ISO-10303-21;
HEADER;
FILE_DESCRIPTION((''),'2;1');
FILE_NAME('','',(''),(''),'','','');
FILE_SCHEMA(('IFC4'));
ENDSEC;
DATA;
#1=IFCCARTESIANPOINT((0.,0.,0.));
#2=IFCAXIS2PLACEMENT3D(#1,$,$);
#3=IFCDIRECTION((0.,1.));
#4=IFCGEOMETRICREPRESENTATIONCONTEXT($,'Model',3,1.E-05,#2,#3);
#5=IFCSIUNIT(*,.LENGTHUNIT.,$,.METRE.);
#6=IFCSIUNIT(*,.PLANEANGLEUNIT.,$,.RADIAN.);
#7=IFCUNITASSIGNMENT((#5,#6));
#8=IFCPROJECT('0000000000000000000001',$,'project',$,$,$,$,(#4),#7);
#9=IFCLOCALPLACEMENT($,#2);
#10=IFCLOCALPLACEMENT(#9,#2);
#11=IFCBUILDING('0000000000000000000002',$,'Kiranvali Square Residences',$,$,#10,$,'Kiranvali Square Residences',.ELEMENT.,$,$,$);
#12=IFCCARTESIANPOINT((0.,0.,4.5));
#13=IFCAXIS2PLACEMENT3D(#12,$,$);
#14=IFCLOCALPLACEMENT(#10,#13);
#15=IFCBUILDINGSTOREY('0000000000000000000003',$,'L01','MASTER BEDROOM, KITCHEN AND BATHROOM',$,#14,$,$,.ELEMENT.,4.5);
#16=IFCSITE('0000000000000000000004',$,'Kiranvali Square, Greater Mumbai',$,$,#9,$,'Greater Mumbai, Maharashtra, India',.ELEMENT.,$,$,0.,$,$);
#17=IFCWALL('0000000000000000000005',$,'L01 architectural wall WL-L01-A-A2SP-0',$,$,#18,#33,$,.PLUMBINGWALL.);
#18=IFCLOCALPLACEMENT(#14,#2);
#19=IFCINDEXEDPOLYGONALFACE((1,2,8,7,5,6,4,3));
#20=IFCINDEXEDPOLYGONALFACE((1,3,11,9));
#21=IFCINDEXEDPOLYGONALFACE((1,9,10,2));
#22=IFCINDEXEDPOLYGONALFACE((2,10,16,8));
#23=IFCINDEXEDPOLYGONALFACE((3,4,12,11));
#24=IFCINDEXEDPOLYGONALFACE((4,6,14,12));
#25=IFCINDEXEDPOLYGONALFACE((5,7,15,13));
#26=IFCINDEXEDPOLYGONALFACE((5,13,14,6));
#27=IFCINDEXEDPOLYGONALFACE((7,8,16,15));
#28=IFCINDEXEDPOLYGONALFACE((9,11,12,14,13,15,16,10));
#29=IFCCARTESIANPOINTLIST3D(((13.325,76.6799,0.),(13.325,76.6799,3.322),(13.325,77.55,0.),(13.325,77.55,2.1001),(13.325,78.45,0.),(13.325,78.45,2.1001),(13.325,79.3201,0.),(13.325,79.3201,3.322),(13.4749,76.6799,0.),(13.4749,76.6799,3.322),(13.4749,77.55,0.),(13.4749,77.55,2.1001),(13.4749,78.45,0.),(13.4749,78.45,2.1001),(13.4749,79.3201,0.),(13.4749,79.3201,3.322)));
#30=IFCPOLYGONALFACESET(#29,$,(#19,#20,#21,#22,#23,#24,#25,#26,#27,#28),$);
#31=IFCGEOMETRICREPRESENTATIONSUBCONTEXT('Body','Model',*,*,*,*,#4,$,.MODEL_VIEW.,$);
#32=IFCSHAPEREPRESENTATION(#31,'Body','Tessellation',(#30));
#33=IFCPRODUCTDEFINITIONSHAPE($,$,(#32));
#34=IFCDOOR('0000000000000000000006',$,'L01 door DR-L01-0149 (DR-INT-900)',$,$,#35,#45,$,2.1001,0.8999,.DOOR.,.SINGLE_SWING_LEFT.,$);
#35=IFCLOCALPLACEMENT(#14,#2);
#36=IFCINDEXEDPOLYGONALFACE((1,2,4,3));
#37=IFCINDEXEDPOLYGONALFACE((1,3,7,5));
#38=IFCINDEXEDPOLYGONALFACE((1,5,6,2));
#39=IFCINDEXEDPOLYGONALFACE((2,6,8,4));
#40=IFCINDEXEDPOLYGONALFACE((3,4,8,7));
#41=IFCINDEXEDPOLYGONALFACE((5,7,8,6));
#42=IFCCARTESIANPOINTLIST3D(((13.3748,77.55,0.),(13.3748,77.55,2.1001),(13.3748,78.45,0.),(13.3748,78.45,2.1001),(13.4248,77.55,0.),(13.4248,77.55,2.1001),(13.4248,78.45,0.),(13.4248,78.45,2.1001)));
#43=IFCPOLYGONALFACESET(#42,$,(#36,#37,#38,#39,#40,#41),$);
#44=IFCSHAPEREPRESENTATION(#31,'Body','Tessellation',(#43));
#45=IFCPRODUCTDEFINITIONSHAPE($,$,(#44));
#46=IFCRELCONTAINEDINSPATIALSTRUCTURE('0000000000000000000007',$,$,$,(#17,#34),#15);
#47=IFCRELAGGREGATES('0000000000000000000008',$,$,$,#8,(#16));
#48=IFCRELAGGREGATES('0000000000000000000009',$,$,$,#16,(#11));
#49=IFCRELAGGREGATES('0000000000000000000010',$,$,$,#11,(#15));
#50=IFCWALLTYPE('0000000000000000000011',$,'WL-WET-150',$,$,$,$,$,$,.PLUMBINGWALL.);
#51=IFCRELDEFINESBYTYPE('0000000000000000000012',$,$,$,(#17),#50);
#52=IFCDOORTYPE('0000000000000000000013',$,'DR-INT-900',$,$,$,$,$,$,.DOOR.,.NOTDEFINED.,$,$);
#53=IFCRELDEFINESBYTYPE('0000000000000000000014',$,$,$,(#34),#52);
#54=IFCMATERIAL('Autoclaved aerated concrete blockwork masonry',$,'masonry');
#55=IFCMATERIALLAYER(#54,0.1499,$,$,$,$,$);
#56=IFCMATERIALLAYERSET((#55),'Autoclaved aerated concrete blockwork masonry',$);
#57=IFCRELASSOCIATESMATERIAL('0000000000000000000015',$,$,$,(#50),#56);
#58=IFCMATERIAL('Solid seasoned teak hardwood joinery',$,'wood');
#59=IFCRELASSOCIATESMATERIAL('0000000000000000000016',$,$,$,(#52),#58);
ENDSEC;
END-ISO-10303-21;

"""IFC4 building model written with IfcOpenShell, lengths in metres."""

from ifc_helpers import new_model, si_unit, direction, frame, frame_2d, origin, place, context, subcontext, project, spatial, rectangle, extrude, material, layer, layer_set, type_object, element, fill, save


model = new_model("IFC4")

# Units and contexts
model_context = context("Model", 3, precision=1e-05, world=origin(), true_north=direction((0.0, 1.0)))
body_context = subcontext(model_context, "Body", "Model", "MODEL_VIEW")
ifc_project = project(units=[si_unit("LENGTHUNIT", "METRE"), si_unit("PLANEANGLEUNIT", "RADIAN")], contexts=[model_context])

# Site, building, storey
site_placement = place(None, origin())
site = spatial("IfcSite", under=ifc_project, at=site_placement, Name="Kiranvali Square, Greater Mumbai", LongName="Greater Mumbai, Maharashtra, India", CompositionType="ELEMENT", RefElevation=0.0)
building_placement = place(site_placement, origin())
building = spatial("IfcBuilding", under=site, at=building_placement, Name="Kiranvali Square Residences", LongName="Kiranvali Square Residences", CompositionType="ELEMENT")
storey_placement = place(building_placement, frame((0.0, 0.0, 4.5)))
storey = spatial("IfcBuildingStorey", under=building, at=storey_placement, Name="L01", Description="MASTER BEDROOM, KITCHEN AND BATHROOM", CompositionType="ELEMENT", Elevation=4.5)

# Wall, opening, door
ifc_material_1 = material(Name="Autoclaved aerated concrete blockwork masonry", Category="masonry")
ifc_layer_1 = layer(ifc_material_1, 0.1499)
ifc_layer_set_1 = layer_set([ifc_layer_1], Name="Autoclaved aerated concrete blockwork masonry")
wall_type_1 = type_object("IfcWallType", Name="WL-WET-150", PredefinedType="PLUMBINGWALL", material=ifc_layer_set_1)
wall_1_placement = place(storey_placement, frame((13.3999, 79.3201, 0.0), z_axis=(0.0, 0.0, 1.0), x_axis=(0.0, -1.0, 0.0)))
wall_1 = element("IfcWall", 1, at=wall_1_placement, inside=storey, type_object=wall_type_1, Name="L01 architectural wall WL-L01-A-A2SP-0", PredefinedType="PLUMBINGWALL", context=body_context, shape_type="SweptSolid", body=[
    extrude(rectangle(XDim=2.6401, YDim=0.1499, at=frame_2d((1.3201, 0.0))), origin(), (0.0, 0.0, 1.0), 3.322),
])
opening_1_placement = place(wall_1_placement, frame((0.8701, 0.0, 0.0)))
opening_1 = element("IfcOpeningElement", 2, at=opening_1_placement, cuts=wall_1, PredefinedType="OPENING", context=body_context, shape_type="SweptSolid", body=[
    extrude(rectangle(XDim=0.8999, YDim=2.1001, at=frame_2d((0.45, 1.05))), frame((0.0, 0.085, 0.0), z_axis=(0.0, -1.0, 0.0), x_axis=(1.0, 0.0, 0.0)), (0.0, 0.0, 1.0), 0.1699),
])
ifc_material_2 = material(Name="Solid seasoned teak hardwood joinery", Category="wood")
door_type = type_object("IfcDoorType", Name="DR-INT-900", OperationType="NOTDEFINED", PredefinedType="DOOR", material=ifc_material_2)
door_placement = place(opening_1_placement, origin())
door = element("IfcDoor", 3, at=door_placement, inside=storey, type_object=door_type, Name="L01 door DR-L01-0149 (DR-INT-900)", OperationType="SINGLE_SWING_LEFT", OverallHeight=2.1001, OverallWidth=0.8999, PredefinedType="DOOR", context=body_context, shape_type="SweptSolid", body=[
    extrude(rectangle(XDim=0.8999, YDim=2.1001, at=frame_2d((0.45, 1.05))), frame((0.0, 0.0249, 0.0), z_axis=(0.0, -1.0, 0.0), x_axis=(1.0, 0.0, 0.0)), (0.0, 0.0, 1.0), 0.05),
])
fill(opening_1, door)

save(model, "model.ifc")
